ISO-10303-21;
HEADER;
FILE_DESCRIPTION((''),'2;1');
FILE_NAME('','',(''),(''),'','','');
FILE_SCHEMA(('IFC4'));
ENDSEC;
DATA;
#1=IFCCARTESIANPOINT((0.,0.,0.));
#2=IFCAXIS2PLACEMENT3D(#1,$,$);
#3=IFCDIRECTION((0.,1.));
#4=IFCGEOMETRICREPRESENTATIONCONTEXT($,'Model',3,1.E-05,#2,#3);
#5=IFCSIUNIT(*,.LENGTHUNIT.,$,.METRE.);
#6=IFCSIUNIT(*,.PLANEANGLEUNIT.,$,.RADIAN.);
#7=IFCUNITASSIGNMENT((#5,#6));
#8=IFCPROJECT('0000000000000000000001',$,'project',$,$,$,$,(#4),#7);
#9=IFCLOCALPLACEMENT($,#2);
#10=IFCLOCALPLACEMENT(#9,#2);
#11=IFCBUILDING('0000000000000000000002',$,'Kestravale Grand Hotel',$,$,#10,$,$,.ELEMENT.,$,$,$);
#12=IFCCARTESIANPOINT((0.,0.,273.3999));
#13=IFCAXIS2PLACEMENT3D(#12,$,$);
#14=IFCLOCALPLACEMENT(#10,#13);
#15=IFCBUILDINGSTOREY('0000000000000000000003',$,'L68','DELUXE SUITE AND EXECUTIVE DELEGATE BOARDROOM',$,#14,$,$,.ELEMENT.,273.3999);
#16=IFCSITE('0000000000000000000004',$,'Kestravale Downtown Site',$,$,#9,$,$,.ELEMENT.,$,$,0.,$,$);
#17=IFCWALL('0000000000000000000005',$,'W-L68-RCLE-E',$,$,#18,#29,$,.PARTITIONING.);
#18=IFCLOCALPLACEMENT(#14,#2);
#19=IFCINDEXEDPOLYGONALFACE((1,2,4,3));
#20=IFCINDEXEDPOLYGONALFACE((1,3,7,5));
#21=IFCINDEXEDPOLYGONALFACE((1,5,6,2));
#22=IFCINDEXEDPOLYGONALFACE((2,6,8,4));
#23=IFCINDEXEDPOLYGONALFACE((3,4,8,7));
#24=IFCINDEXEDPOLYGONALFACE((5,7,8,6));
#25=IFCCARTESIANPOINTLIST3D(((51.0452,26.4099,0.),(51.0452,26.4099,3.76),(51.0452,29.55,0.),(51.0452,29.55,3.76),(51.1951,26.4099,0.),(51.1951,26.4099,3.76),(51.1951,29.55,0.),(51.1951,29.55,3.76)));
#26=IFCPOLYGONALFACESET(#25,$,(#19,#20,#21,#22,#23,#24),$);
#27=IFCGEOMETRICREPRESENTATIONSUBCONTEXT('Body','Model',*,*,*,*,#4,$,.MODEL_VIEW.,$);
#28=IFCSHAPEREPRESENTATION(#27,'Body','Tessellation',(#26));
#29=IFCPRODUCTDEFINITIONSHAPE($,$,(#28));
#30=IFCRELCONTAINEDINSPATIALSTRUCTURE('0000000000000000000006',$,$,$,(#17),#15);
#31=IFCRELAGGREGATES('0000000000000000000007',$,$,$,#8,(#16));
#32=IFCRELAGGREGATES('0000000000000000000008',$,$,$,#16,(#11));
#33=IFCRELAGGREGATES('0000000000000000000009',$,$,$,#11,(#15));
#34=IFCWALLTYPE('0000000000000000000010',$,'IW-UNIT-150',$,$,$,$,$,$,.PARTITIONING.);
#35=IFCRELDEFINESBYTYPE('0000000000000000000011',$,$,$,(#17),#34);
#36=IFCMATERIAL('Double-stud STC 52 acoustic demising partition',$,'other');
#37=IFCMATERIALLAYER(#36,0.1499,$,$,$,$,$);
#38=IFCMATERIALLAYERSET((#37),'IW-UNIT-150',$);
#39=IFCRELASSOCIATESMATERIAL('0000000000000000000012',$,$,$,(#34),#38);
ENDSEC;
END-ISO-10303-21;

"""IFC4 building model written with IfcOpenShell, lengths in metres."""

from ifc_helpers import new_model, si_unit, direction, frame, frame_2d, origin, place, context, subcontext, project, spatial, rectangle, extrude, material, layer, layer_set, type_object, element, save


model = new_model("IFC4")

# Units and contexts
model_context = context("Model", 3, precision=1e-05, world=origin(), true_north=direction((0.0, 1.0)))
body_context = subcontext(model_context, "Body", "Model", "MODEL_VIEW")
ifc_project = project(units=[si_unit("LENGTHUNIT", "METRE"), si_unit("PLANEANGLEUNIT", "RADIAN")], contexts=[model_context])

# Site, building, storey
site_placement = place(None, origin())
site = spatial("IfcSite", under=ifc_project, at=site_placement, Name="Kestravale Downtown Site", CompositionType="ELEMENT", RefElevation=0.0)
building_placement = place(site_placement, origin())
building = spatial("IfcBuilding", under=site, at=building_placement, Name="Kestravale Grand Hotel", CompositionType="ELEMENT")
storey_placement = place(building_placement, frame((0.0, 0.0, 273.3999)))
storey = spatial("IfcBuildingStorey", under=building, at=storey_placement, Name="L68", Description="DELUXE SUITE AND EXECUTIVE DELEGATE BOARDROOM", CompositionType="ELEMENT", Elevation=273.3999)

# Wall
ifc_material_1 = material(Name="Double-stud STC 52 acoustic demising partition", Category="other")
ifc_layer_1 = layer(ifc_material_1, 0.1499)
ifc_layer_set_1 = layer_set([ifc_layer_1], Name="IW-UNIT-150")
wall_type_1 = type_object("IfcWallType", Name="IW-UNIT-150", PredefinedType="PARTITIONING", material=ifc_layer_set_1)
for number, where, z_axis, x_axis, name in (
    (1, (51.1201, 26.4099, 0.0), (0.0, 0.0, 1.0), (0.0, 1.0, 0.0), "W-L68-RCLE-E"),
):
    element("IfcWall", number, at=place(storey_placement, frame(where, z_axis=z_axis, x_axis=x_axis)), inside=storey, type_object=wall_type_1, Name=name, PredefinedType="PARTITIONING", context=body_context, shape_type="SweptSolid", body=[
        extrude(rectangle(XDim=3.1401, YDim=0.1499, at=frame_2d((1.5701, 0.0))), origin(), (0.0, 0.0, 1.0), 3.76),
    ])

save(model, "model.ifc")
